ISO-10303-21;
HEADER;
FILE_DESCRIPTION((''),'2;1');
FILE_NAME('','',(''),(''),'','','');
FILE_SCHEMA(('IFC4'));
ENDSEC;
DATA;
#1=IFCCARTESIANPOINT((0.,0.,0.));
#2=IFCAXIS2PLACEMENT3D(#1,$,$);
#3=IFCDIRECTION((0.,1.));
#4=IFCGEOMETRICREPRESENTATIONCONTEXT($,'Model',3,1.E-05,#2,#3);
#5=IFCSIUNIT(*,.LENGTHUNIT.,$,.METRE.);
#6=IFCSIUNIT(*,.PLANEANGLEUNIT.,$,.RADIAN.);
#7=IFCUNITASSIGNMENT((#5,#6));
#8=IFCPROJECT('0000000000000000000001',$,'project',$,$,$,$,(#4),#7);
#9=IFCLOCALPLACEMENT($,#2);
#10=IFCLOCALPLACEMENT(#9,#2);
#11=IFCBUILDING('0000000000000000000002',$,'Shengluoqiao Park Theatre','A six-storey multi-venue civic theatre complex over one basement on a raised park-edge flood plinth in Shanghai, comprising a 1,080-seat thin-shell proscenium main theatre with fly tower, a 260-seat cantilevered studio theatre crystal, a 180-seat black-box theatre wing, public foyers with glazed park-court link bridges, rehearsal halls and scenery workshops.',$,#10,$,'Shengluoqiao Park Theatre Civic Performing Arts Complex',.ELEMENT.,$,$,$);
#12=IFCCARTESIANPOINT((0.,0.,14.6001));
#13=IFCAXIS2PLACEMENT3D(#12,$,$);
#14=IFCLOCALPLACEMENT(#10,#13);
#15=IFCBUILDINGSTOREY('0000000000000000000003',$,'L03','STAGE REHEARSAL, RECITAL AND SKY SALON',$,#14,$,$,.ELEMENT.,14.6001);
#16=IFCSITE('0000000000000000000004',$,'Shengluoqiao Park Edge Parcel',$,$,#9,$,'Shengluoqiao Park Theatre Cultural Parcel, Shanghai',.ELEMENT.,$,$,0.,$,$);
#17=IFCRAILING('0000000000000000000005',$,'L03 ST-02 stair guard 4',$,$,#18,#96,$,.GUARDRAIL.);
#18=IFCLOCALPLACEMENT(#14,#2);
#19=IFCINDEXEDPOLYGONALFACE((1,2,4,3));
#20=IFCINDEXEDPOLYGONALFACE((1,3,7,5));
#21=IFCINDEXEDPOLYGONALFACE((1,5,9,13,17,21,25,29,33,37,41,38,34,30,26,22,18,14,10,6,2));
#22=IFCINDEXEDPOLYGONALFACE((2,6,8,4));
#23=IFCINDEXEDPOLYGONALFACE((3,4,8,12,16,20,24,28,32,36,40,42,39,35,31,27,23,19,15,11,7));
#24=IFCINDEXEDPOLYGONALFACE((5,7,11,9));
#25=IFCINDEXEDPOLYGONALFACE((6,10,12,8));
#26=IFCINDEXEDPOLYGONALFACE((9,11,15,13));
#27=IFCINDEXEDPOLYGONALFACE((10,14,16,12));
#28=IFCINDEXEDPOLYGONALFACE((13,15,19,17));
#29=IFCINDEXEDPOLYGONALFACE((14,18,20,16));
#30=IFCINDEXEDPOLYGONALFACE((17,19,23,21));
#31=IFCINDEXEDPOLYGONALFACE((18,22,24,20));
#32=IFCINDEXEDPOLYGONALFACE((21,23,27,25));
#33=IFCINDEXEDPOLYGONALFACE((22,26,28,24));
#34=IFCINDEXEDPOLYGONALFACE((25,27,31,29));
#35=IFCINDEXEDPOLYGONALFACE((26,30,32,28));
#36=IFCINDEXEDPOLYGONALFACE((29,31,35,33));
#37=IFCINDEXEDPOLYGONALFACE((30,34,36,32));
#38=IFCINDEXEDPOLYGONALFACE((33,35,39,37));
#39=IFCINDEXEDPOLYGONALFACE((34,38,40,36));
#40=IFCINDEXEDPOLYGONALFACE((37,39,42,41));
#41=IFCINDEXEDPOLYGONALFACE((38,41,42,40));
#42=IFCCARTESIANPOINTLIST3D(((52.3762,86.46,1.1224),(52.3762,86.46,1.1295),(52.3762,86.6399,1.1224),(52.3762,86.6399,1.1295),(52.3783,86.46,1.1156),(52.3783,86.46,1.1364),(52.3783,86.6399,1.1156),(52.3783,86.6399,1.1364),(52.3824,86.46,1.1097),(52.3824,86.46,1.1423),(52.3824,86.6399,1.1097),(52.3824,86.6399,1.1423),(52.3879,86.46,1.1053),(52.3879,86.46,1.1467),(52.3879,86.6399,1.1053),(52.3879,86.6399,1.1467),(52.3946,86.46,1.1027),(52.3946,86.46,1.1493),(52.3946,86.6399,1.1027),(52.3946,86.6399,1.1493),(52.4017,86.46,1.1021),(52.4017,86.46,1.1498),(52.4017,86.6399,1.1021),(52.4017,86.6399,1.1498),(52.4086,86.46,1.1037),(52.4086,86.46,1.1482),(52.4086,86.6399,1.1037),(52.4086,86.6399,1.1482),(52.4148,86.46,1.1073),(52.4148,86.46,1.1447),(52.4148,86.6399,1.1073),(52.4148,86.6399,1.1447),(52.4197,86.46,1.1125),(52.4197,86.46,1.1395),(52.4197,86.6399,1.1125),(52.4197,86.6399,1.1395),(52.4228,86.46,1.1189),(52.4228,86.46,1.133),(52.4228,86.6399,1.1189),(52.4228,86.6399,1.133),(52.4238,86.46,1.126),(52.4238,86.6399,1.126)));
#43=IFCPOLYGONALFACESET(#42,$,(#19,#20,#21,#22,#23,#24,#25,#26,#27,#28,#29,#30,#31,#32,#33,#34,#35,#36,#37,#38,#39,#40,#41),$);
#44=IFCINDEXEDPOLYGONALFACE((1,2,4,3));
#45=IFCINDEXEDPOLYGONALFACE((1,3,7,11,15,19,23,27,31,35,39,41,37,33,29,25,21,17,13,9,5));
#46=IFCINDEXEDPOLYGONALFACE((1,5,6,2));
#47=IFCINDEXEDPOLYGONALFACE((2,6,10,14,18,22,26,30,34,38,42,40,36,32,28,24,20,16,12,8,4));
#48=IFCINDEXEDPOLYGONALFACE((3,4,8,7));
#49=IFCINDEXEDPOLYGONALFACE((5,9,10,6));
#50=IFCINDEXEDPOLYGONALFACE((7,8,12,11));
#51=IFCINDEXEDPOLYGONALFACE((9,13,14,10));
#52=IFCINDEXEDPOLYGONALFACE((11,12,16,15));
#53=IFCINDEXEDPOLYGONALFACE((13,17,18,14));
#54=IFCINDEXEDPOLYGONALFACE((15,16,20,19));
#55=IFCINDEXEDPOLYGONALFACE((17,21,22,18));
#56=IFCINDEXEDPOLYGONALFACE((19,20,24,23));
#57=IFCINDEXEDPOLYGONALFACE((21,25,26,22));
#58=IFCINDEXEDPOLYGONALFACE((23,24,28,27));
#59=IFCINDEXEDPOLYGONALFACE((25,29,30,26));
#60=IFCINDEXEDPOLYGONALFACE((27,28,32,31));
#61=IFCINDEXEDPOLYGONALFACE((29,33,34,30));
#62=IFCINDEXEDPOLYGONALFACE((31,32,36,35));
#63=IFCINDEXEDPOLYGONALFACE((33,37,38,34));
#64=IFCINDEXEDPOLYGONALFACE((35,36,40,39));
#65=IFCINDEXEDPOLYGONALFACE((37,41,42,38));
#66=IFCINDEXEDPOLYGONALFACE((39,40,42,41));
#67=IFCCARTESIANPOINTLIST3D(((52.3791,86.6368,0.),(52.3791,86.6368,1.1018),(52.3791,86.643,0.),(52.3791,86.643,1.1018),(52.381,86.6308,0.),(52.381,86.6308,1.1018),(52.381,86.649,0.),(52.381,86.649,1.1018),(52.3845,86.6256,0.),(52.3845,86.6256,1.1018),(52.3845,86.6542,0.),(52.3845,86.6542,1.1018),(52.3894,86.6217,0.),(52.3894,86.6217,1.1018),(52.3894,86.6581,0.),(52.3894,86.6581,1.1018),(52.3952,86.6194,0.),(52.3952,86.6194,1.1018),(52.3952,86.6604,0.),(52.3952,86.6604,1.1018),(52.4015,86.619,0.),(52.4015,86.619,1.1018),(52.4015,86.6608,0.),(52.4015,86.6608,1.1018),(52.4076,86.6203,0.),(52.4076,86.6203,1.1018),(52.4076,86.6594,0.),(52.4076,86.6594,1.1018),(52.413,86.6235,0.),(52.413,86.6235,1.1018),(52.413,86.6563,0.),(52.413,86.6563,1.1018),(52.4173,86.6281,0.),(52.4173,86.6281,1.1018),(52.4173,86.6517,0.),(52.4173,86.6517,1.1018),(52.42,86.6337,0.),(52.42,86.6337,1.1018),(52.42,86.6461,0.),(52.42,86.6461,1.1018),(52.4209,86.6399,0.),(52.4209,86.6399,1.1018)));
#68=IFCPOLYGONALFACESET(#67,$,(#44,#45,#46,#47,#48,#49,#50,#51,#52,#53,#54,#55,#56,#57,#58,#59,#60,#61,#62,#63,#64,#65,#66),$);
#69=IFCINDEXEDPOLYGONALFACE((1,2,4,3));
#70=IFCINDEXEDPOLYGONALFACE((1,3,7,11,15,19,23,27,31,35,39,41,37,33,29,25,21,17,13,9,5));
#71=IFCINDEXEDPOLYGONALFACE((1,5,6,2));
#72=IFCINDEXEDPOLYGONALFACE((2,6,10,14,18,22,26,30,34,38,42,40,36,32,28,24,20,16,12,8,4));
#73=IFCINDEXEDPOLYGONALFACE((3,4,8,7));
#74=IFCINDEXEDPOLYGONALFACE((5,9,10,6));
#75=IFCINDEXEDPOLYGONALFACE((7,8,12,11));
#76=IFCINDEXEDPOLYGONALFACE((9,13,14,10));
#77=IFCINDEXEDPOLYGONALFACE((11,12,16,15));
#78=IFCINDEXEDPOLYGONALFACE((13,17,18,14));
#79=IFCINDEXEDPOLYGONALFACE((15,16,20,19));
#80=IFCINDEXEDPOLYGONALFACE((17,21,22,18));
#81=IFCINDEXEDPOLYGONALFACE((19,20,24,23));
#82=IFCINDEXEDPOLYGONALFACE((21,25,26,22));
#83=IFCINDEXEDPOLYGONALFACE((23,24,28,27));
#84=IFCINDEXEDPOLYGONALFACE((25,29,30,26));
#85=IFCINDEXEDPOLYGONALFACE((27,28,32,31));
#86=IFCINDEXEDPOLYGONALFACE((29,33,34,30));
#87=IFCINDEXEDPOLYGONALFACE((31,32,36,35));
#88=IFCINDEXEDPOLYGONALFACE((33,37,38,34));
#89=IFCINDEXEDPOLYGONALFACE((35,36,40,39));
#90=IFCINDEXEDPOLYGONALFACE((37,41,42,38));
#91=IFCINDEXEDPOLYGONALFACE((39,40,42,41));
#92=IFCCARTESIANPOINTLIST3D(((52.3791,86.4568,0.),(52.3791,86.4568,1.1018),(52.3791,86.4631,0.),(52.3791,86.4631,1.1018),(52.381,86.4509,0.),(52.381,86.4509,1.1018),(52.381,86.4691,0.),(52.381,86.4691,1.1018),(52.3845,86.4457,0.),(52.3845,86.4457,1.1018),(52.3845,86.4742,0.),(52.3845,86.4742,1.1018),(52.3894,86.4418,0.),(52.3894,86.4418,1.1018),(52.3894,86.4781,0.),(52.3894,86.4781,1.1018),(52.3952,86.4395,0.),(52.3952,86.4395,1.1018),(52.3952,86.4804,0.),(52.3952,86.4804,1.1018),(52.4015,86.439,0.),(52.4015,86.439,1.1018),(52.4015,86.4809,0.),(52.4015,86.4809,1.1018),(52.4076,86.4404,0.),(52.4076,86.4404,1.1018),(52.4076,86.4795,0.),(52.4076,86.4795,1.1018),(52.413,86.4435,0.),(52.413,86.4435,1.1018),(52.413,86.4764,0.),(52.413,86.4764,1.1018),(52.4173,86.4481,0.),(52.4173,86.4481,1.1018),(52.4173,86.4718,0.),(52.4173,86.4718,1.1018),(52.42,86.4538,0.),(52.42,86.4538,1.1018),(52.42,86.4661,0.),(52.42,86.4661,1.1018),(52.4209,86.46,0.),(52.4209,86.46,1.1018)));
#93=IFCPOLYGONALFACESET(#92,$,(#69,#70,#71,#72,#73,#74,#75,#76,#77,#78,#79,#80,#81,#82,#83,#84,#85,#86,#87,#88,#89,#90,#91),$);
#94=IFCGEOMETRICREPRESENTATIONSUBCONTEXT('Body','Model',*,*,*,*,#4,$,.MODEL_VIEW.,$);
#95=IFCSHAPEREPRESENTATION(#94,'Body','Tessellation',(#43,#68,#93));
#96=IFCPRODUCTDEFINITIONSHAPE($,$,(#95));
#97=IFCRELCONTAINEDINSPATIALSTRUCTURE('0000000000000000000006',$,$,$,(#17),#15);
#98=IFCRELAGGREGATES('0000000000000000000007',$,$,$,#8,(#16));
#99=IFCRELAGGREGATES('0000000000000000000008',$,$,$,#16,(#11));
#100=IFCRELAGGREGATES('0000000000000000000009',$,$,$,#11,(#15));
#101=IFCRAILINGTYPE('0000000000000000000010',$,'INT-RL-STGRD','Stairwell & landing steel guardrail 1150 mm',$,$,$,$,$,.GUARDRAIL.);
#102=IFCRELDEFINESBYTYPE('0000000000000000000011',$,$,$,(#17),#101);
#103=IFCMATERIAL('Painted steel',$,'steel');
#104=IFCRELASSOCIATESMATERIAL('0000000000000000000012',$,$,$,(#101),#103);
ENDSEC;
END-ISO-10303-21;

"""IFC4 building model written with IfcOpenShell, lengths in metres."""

from ifc_helpers import new_model, si_unit, direction, frame, origin, origin_2d, place, context, subcontext, project, spatial, circle, extrude, material, type_object, element, save


model = new_model("IFC4")

# Units and contexts
model_context = context("Model", 3, precision=1e-05, world=origin(), true_north=direction((0.0, 1.0)))
body_context = subcontext(model_context, "Body", "Model", "MODEL_VIEW")
ifc_project = project(units=[si_unit("LENGTHUNIT", "METRE"), si_unit("PLANEANGLEUNIT", "RADIAN")], contexts=[model_context])

# Site, building, storey
site_placement = place(None, origin())
site = spatial("IfcSite", under=ifc_project, at=site_placement, Name="Shengluoqiao Park Edge Parcel", LongName="Shengluoqiao Park Theatre Cultural Parcel, Shanghai", CompositionType="ELEMENT", RefElevation=0.0)
building_placement = place(site_placement, origin())
building = spatial("IfcBuilding", under=site, at=building_placement, Name="Shengluoqiao Park Theatre", Description="A six-storey multi-venue civic theatre complex over one basement on a raised park-edge flood plinth in Shanghai, comprising a 1,080-seat thin-shell proscenium main theatre with fly tower, a 260-seat cantilevered studio theatre crystal, a 180-seat black-box theatre wing, public foyers with glazed park-court link bridges, rehearsal halls and scenery workshops.", LongName="Shengluoqiao Park Theatre Civic Performing Arts Complex", CompositionType="ELEMENT")
storey_placement = place(building_placement, frame((0.0, 0.0, 14.6001)))
storey = spatial("IfcBuildingStorey", under=building, at=storey_placement, Name="L03", Description="STAGE REHEARSAL, RECITAL AND SKY SALON", CompositionType="ELEMENT", Elevation=14.6001)

# Railing
ifc_material_1 = material(Name="Painted steel", Category="steel")
railing_type_1 = type_object("IfcRailingType", Name="INT-RL-STGRD", Description="Stairwell & landing steel guardrail 1150 mm", PredefinedType="GUARDRAIL", material=ifc_material_1)
railing_1_placement = place(storey_placement, frame((52.3999, 86.6399, 0.0)))
element("IfcRailing", 1, at=railing_1_placement, inside=storey, type_object=railing_type_1, Name="L03 ST-02 stair guard 4", PredefinedType="GUARDRAIL", context=body_context, shape_type="SweptSolid", body=[
    extrude(circle(Radius=0.0239, at=origin_2d()), frame((0.0, 0.0, 1.126), z_axis=(0.0, -1.0, 0.0), x_axis=(1.0, 0.0, 0.0)), (0.0, 0.0, 1.0), 0.1799),
    extrude(circle(Radius=0.021, at=origin_2d()), origin(), (0.0, 0.0, 1.0), 1.1018),
    extrude(circle(Radius=0.021, at=origin_2d()), frame((0.0, -0.1799, 0.0)), (0.0, 0.0, 1.0), 1.1018),
])

save(model, "model.ifc")
